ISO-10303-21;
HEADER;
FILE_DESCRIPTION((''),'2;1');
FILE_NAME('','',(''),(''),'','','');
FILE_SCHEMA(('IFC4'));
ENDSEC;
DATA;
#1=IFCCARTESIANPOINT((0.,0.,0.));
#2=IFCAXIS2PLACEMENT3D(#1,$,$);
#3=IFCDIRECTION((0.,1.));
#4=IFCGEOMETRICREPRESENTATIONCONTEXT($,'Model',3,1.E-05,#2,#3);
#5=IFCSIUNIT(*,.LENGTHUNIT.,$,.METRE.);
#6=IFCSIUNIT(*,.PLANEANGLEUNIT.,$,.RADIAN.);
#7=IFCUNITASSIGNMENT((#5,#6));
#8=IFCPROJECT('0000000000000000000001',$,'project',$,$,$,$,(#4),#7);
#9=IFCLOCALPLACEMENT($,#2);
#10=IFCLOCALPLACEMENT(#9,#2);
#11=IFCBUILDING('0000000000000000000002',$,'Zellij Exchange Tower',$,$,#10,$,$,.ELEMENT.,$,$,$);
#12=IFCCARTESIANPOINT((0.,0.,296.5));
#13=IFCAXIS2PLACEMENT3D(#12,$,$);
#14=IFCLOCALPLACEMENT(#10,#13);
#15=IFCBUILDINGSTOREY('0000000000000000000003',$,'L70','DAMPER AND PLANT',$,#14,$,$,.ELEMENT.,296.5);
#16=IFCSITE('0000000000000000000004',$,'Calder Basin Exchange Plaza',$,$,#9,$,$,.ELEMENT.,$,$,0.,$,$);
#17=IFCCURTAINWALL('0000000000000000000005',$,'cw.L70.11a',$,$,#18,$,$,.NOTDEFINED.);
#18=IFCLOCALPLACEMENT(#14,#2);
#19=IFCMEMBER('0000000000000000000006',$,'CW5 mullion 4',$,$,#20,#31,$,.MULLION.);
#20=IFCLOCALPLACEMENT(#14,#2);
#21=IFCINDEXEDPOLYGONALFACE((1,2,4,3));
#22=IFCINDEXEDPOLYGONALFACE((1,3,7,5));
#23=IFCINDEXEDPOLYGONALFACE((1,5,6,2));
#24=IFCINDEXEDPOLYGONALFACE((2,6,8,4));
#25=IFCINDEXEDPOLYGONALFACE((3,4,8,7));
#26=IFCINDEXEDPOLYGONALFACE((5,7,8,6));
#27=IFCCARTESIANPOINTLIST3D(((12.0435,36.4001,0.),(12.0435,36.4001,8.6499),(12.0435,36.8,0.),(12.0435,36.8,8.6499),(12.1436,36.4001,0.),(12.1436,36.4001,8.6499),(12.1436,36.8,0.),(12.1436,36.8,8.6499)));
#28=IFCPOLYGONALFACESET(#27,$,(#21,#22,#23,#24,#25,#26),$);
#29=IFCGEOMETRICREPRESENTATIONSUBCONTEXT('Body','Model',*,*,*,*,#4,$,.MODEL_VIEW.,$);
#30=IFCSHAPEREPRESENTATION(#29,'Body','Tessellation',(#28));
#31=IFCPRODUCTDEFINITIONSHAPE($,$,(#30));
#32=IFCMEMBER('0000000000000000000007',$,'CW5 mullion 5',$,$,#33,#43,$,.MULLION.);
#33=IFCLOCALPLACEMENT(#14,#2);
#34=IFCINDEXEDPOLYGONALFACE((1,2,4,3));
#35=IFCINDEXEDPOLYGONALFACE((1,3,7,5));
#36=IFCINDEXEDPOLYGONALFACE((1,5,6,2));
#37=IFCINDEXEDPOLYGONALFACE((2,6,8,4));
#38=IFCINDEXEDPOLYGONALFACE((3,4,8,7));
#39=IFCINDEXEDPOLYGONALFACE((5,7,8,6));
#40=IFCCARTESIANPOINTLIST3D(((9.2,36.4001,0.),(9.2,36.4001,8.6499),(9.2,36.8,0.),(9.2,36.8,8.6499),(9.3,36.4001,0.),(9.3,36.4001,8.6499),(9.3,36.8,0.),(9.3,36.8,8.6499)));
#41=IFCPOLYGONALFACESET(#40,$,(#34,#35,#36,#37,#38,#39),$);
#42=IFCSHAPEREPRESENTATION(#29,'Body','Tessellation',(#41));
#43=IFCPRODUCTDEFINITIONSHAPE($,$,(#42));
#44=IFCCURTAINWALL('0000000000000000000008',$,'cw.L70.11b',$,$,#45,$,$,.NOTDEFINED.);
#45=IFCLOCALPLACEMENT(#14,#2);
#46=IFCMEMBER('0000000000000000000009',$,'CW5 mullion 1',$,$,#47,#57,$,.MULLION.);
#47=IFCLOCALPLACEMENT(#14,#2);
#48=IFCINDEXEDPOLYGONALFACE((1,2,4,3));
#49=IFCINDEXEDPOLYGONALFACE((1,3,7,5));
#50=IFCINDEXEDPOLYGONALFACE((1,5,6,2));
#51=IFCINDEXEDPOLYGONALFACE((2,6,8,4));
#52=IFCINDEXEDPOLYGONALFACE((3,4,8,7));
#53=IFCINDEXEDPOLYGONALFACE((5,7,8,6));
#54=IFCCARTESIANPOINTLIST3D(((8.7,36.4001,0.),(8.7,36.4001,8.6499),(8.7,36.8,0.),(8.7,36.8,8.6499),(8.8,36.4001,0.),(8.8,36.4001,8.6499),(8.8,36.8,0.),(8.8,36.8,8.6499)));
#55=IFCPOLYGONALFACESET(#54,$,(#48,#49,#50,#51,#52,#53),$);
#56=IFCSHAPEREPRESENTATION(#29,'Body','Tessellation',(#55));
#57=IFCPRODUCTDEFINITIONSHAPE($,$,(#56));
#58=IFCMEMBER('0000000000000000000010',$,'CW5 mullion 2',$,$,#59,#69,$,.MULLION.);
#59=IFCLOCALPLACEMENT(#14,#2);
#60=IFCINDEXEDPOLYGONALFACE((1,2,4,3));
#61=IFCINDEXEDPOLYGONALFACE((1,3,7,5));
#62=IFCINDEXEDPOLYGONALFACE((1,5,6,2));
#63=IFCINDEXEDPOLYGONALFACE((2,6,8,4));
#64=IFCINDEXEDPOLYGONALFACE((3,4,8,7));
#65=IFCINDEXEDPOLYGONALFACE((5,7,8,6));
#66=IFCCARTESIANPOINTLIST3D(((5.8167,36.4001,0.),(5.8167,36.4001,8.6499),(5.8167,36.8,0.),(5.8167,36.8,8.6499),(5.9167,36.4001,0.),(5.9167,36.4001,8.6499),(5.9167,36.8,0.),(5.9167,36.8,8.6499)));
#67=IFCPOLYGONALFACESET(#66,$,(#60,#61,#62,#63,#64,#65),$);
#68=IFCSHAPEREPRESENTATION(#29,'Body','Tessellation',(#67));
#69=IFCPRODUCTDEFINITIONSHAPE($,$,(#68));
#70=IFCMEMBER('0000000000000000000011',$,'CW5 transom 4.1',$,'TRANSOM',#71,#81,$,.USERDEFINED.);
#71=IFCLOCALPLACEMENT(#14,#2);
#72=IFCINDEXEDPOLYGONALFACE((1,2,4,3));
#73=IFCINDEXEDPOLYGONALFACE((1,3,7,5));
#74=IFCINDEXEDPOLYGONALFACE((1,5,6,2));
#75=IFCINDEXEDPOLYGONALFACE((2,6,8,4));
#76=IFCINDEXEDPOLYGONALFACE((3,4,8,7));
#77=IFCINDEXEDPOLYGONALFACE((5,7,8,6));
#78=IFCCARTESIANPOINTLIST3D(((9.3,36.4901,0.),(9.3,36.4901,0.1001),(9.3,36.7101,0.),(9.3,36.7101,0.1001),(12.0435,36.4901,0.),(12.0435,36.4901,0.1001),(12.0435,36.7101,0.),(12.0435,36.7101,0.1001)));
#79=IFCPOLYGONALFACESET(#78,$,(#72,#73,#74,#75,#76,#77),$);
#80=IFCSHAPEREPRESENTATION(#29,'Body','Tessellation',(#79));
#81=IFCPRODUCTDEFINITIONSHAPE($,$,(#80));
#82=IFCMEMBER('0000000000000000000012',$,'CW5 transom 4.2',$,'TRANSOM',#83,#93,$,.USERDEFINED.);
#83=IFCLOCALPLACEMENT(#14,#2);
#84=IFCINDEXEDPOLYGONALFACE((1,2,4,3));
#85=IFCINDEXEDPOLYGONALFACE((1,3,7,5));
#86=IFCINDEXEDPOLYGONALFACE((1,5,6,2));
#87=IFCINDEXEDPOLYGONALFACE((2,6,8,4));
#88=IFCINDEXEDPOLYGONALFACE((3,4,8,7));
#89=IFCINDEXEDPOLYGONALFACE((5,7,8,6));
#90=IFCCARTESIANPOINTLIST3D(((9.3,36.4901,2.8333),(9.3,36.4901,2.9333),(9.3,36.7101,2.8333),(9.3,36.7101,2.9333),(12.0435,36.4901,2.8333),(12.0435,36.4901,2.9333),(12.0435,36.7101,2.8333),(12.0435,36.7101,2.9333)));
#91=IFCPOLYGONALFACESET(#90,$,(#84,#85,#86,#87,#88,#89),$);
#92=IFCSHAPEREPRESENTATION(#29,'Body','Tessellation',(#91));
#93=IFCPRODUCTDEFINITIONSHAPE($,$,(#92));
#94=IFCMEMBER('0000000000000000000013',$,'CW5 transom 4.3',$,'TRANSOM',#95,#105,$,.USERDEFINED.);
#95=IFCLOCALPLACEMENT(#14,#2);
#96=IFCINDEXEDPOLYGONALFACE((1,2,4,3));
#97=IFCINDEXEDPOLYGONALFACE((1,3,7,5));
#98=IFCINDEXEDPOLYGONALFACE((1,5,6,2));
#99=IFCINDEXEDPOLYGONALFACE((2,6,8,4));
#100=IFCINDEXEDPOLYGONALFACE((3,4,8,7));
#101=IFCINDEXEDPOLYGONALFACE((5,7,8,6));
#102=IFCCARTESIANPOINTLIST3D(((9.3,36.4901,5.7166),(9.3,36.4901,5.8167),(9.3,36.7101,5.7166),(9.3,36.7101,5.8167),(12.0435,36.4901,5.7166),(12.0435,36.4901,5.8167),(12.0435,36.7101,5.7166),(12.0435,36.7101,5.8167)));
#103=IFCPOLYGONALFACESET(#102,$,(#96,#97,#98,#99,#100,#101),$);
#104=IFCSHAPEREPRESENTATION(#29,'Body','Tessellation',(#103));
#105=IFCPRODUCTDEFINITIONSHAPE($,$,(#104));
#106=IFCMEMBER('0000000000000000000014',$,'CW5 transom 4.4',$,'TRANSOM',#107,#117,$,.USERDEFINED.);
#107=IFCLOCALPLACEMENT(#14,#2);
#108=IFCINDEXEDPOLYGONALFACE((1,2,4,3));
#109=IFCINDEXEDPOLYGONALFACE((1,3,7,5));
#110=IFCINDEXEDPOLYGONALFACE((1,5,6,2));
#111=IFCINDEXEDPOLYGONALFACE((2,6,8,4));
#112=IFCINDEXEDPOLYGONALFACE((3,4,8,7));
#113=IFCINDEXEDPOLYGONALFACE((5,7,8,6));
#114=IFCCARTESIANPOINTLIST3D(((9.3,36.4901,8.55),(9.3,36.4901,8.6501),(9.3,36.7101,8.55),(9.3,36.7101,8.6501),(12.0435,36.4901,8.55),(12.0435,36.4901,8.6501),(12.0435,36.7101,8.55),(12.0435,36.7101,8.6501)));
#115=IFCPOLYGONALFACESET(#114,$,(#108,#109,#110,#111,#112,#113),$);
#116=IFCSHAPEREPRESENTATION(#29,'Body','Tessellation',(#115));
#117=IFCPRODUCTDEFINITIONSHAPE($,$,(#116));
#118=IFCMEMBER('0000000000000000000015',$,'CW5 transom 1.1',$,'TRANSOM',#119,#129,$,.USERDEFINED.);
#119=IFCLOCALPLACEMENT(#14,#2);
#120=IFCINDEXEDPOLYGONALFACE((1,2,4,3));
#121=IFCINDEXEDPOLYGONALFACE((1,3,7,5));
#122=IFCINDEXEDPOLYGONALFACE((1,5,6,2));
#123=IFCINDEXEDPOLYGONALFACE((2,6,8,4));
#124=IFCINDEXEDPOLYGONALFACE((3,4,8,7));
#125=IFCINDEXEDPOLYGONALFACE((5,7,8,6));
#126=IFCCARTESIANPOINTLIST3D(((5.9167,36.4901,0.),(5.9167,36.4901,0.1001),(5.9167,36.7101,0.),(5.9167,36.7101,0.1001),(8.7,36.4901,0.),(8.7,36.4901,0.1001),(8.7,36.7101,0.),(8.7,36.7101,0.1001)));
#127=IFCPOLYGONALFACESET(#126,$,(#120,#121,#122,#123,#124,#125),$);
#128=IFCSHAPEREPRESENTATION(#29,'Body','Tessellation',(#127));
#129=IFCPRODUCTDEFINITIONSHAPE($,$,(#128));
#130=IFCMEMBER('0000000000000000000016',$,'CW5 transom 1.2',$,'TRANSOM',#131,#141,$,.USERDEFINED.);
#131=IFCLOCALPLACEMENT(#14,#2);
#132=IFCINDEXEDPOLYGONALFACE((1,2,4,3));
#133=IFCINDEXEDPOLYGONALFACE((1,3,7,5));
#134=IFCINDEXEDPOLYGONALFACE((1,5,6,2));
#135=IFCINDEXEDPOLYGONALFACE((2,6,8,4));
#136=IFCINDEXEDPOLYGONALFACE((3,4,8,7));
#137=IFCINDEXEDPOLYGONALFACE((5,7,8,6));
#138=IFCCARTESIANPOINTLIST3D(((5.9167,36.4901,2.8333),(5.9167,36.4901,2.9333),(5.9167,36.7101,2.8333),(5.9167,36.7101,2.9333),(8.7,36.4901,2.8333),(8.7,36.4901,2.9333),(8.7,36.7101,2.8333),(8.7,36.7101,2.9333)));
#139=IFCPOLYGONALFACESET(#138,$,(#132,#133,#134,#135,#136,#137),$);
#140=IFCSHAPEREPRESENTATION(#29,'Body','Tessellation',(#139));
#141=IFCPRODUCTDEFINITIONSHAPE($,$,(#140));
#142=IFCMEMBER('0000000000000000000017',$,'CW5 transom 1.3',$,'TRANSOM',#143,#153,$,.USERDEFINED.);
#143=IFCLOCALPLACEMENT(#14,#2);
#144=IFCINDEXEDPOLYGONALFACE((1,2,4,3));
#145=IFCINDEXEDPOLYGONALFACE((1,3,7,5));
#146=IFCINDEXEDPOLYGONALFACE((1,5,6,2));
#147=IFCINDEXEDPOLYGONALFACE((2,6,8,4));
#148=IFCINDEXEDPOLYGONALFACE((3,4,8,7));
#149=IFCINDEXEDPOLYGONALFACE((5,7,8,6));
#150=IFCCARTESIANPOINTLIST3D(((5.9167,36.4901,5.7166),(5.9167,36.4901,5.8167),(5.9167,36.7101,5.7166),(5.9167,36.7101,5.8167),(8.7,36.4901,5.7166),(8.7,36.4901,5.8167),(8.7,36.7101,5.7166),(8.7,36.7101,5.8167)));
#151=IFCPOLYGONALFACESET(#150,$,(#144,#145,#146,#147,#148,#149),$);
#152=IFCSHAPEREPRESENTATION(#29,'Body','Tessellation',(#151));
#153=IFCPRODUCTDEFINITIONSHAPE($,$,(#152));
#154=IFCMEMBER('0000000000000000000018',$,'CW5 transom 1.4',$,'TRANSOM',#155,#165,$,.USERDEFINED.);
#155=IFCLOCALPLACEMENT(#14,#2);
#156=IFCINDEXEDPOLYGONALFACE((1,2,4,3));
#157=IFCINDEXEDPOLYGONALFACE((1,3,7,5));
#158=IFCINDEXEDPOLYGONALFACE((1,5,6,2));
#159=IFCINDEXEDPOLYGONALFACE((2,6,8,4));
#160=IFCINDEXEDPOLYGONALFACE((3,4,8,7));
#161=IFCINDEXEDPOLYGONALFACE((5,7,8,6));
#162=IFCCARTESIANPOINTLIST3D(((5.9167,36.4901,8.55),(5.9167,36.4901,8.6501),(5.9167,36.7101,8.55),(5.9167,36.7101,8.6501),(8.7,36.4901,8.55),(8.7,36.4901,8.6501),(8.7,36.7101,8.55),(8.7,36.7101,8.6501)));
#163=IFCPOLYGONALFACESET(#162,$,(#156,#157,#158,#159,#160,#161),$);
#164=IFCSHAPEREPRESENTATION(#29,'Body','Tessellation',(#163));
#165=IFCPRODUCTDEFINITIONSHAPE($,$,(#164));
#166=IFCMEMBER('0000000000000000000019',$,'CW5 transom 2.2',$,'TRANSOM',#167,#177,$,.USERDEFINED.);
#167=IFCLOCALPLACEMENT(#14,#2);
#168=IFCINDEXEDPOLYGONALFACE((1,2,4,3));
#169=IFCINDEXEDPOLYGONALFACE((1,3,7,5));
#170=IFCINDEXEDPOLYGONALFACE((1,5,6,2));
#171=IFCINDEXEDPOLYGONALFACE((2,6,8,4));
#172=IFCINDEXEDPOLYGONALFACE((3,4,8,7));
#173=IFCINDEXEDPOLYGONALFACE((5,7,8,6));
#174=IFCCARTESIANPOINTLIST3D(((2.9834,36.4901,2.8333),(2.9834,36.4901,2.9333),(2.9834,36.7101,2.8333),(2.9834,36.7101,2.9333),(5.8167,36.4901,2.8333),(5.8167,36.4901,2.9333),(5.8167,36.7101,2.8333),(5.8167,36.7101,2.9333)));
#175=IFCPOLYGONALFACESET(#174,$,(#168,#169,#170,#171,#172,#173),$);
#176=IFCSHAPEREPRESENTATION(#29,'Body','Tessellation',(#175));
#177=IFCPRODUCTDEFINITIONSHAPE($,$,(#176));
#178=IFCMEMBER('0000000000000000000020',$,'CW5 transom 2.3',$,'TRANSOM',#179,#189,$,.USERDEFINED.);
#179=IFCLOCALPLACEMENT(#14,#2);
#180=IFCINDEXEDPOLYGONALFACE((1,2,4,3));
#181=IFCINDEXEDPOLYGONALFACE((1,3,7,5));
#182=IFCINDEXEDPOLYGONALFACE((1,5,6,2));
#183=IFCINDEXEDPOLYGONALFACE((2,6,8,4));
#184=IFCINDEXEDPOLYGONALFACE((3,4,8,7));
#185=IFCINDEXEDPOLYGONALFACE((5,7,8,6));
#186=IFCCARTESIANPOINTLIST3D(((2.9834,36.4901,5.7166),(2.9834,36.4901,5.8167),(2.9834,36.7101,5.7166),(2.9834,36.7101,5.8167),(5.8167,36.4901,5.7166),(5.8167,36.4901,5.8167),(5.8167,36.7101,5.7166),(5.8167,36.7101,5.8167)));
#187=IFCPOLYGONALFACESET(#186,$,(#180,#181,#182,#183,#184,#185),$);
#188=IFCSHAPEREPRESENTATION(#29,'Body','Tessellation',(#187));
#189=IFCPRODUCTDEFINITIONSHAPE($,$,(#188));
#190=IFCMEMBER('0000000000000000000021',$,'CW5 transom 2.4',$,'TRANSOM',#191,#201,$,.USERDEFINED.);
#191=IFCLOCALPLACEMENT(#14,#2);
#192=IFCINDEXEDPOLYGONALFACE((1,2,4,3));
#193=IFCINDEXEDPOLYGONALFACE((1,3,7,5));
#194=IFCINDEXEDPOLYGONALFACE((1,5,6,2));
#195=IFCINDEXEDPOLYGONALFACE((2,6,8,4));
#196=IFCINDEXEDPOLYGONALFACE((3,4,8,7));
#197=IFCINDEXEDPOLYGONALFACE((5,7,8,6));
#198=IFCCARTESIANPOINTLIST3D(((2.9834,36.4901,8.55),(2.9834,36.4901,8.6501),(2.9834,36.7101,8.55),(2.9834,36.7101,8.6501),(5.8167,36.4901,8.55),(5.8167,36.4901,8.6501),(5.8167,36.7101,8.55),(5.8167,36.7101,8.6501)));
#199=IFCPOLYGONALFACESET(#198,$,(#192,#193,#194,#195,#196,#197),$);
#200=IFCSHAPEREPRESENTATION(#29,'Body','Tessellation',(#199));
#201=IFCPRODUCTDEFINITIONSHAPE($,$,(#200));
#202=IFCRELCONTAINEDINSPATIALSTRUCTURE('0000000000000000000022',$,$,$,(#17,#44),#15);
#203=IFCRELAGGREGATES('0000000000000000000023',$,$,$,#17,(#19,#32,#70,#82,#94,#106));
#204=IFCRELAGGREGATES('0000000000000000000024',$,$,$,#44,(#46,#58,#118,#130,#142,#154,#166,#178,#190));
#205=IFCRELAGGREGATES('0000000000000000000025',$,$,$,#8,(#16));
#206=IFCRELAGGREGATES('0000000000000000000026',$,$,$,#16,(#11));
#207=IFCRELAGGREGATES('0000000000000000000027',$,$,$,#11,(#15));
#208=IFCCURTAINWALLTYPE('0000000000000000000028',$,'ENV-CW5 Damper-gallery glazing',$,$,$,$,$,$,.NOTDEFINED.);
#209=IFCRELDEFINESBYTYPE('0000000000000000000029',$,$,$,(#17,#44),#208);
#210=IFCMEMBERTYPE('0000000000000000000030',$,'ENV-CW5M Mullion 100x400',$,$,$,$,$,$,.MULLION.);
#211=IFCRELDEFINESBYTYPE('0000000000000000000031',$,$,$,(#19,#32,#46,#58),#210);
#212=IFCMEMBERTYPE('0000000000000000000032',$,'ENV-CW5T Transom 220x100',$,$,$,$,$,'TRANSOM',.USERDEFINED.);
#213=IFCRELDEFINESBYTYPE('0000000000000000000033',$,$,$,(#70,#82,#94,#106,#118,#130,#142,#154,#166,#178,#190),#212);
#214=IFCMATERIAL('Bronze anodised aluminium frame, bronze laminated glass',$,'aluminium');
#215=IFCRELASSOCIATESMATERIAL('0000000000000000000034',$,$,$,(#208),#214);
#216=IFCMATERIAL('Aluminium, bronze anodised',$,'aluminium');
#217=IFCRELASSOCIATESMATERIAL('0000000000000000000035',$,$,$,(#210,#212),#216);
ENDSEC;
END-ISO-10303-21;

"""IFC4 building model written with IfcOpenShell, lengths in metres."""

from ifc_helpers import new_model, si_unit, direction, frame, origin, origin_2d, place, context, subcontext, project, spatial, rectangle, extrude, material, material_profile, profile_set, type_object, element, aggregate, save


model = new_model("IFC4")

# Units and contexts
model_context = context("Model", 3, precision=1e-05, world=origin(), true_north=direction((0.0, 1.0)))
body_context = subcontext(model_context, "Body", "Model", "MODEL_VIEW")
ifc_project = project(units=[si_unit("LENGTHUNIT", "METRE"), si_unit("PLANEANGLEUNIT", "RADIAN")], contexts=[model_context])

# Site, building, storey
site_placement = place(None, origin())
site = spatial("IfcSite", under=ifc_project, at=site_placement, Name="Calder Basin Exchange Plaza", CompositionType="ELEMENT", RefElevation=0.0)
building_placement = place(site_placement, origin())
building = spatial("IfcBuilding", under=site, at=building_placement, Name="Zellij Exchange Tower", CompositionType="ELEMENT")
storey_placement = place(building_placement, frame((0.0, 0.0, 296.5)))
storey = spatial("IfcBuildingStorey", under=building, at=storey_placement, Name="L70", Description="DAMPER AND PLANT", CompositionType="ELEMENT", Elevation=296.5)

# Curtain walls, members
ifc_material_1 = material(Name="Bronze anodised aluminium frame, bronze laminated glass", Category="aluminium")
curtain_wall_type = type_object("IfcCurtainWallType", Name="ENV-CW5 Damper-gallery glazing", PredefinedType="NOTDEFINED", material=ifc_material_1)
curtain_wall_1_placement = place(storey_placement, origin())
curtain_wall_1 = element("IfcCurtainWall", 1, at=curtain_wall_1_placement, inside=storey, type_object=curtain_wall_type, Name="cw.L70.11a", PredefinedType="NOTDEFINED")
ifc_material_2 = material(Name="Aluminium, bronze anodised", Category="aluminium")
ifc_material_profile_1 = material_profile(ifc_material_2, rectangle(XDim=0.1001, YDim=0.3999, at=origin_2d()), Name="AL 100x400")
ifc_profile_set_1 = profile_set([ifc_material_profile_1], Name="Aluminium, bronze anodised")
member_type_1 = type_object("IfcMemberType", Name="ENV-CW5M Mullion 100x400", PredefinedType="MULLION", material=ifc_profile_set_1)
member_1_placement = place(storey_placement, frame((12.0935, 36.6001, 0.0), z_axis=(0.0, 0.0, 1.0), x_axis=(-1.0, 0.0, 0.0)))
member_1 = element("IfcMember", 2, at=member_1_placement, type_object=member_type_1, Name="CW5 mullion 4", PredefinedType="MULLION", context=body_context, shape_type="SweptSolid", body=[
    extrude(rectangle(XDim=0.1001, YDim=0.3999, at=origin_2d()), origin(), (0.0, 0.0, 1.0), 8.6499),
])
member_2_placement = place(storey_placement, frame((9.25, 36.6001, 0.0), z_axis=(0.0, 0.0, 1.0), x_axis=(-1.0, 0.0, 0.0)))
member_2 = element("IfcMember", 3, at=member_2_placement, type_object=member_type_1, Name="CW5 mullion 5", PredefinedType="MULLION", context=body_context, shape_type="SweptSolid", body=[
    extrude(rectangle(XDim=0.1001, YDim=0.3999, at=origin_2d()), origin(), (0.0, 0.0, 1.0), 8.6499),
])
curtain_wall_2_placement = place(storey_placement, origin())
curtain_wall_2 = element("IfcCurtainWall", 4, at=curtain_wall_2_placement, inside=storey, type_object=curtain_wall_type, Name="cw.L70.11b", PredefinedType="NOTDEFINED")
member_3_placement = place(storey_placement, frame((8.75, 36.6001, 0.0), z_axis=(0.0, 0.0, 1.0), x_axis=(-1.0, 0.0, 0.0)))
member_3 = element("IfcMember", 5, at=member_3_placement, type_object=member_type_1, Name="CW5 mullion 1", PredefinedType="MULLION", context=body_context, shape_type="SweptSolid", body=[
    extrude(rectangle(XDim=0.1001, YDim=0.3999, at=origin_2d()), origin(), (0.0, 0.0, 1.0), 8.6499),
])
member_4_placement = place(storey_placement, frame((5.8667, 36.6001, 0.0), z_axis=(0.0, 0.0, 1.0), x_axis=(-1.0, 0.0, 0.0)))
member_4 = element("IfcMember", 6, at=member_4_placement, type_object=member_type_1, Name="CW5 mullion 2", PredefinedType="MULLION", context=body_context, shape_type="SweptSolid", body=[
    extrude(rectangle(XDim=0.1001, YDim=0.3999, at=origin_2d()), origin(), (0.0, 0.0, 1.0), 8.6499),
])

# Members
ifc_material_profile_2 = material_profile(ifc_material_2, rectangle(XDim=0.22, YDim=0.1001, at=origin_2d()), Name="AL 220x100")
ifc_profile_set_2 = profile_set([ifc_material_profile_2], Name="Aluminium, bronze anodised")
member_type_2 = type_object("IfcMemberType", Name="ENV-CW5T Transom 220x100", ElementType="TRANSOM", PredefinedType="USERDEFINED", material=ifc_profile_set_2)
member_5_placement = place(storey_placement, frame((12.0435, 36.6001, 0.05), z_axis=(-1.0, 0.0, 0.0), x_axis=(0.0, -1.0, 0.0)))
member_5 = element("IfcMember", 7, at=member_5_placement, type_object=member_type_2, Name="CW5 transom 4.1", ObjectType="TRANSOM", PredefinedType="USERDEFINED", context=body_context, shape_type="SweptSolid", body=[
    extrude(rectangle(XDim=0.22, YDim=0.1001, at=origin_2d()), origin(), (0.0, 0.0, 1.0), 2.7434),
])
member_6_placement = place(storey_placement, frame((12.0435, 36.6001, 2.8833), z_axis=(-1.0, 0.0, 0.0), x_axis=(0.0, -1.0, 0.0)))
member_6 = element("IfcMember", 8, at=member_6_placement, type_object=member_type_2, Name="CW5 transom 4.2", ObjectType="TRANSOM", PredefinedType="USERDEFINED", context=body_context, shape_type="SweptSolid", body=[
    extrude(rectangle(XDim=0.22, YDim=0.1001, at=origin_2d()), origin(), (0.0, 0.0, 1.0), 2.7434),
])
member_7_placement = place(storey_placement, frame((12.0435, 36.6001, 5.7666), z_axis=(-1.0, 0.0, 0.0), x_axis=(0.0, -1.0, 0.0)))
member_7 = element("IfcMember", 9, at=member_7_placement, type_object=member_type_2, Name="CW5 transom 4.3", ObjectType="TRANSOM", PredefinedType="USERDEFINED", context=body_context, shape_type="SweptSolid", body=[
    extrude(rectangle(XDim=0.22, YDim=0.1001, at=origin_2d()), origin(), (0.0, 0.0, 1.0), 2.7434),
])
member_8_placement = place(storey_placement, frame((12.0435, 36.6001, 8.6001), z_axis=(-1.0, 0.0, 0.0), x_axis=(0.0, -1.0, 0.0)))
member_8 = element("IfcMember", 10, at=member_8_placement, type_object=member_type_2, Name="CW5 transom 4.4", ObjectType="TRANSOM", PredefinedType="USERDEFINED", context=body_context, shape_type="SweptSolid", body=[
    extrude(rectangle(XDim=0.22, YDim=0.1001, at=origin_2d()), origin(), (0.0, 0.0, 1.0), 2.7434),
])
member_9_placement = place(storey_placement, frame((8.7, 36.6001, 0.05), z_axis=(-1.0, 0.0, 0.0), x_axis=(0.0, -1.0, 0.0)))
member_9 = element("IfcMember", 11, at=member_9_placement, type_object=member_type_2, Name="CW5 transom 1.1", ObjectType="TRANSOM", PredefinedType="USERDEFINED", context=body_context, shape_type="SweptSolid", body=[
    extrude(rectangle(XDim=0.22, YDim=0.1001, at=origin_2d()), origin(), (0.0, 0.0, 1.0), 2.7832),
])
member_10_placement = place(storey_placement, frame((8.7, 36.6001, 2.8833), z_axis=(-1.0, 0.0, 0.0), x_axis=(0.0, -1.0, 0.0)))
member_10 = element("IfcMember", 12, at=member_10_placement, type_object=member_type_2, Name="CW5 transom 1.2", ObjectType="TRANSOM", PredefinedType="USERDEFINED", context=body_context, shape_type="SweptSolid", body=[
    extrude(rectangle(XDim=0.22, YDim=0.1001, at=origin_2d()), origin(), (0.0, 0.0, 1.0), 2.7832),
])
member_11_placement = place(storey_placement, frame((8.7, 36.6001, 5.7666), z_axis=(-1.0, 0.0, 0.0), x_axis=(0.0, -1.0, 0.0)))
member_11 = element("IfcMember", 13, at=member_11_placement, type_object=member_type_2, Name="CW5 transom 1.3", ObjectType="TRANSOM", PredefinedType="USERDEFINED", context=body_context, shape_type="SweptSolid", body=[
    extrude(rectangle(XDim=0.22, YDim=0.1001, at=origin_2d()), origin(), (0.0, 0.0, 1.0), 2.7832),
])
member_12_placement = place(storey_placement, frame((8.7, 36.6001, 8.6001), z_axis=(-1.0, 0.0, 0.0), x_axis=(0.0, -1.0, 0.0)))
member_12 = element("IfcMember", 14, at=member_12_placement, type_object=member_type_2, Name="CW5 transom 1.4", ObjectType="TRANSOM", PredefinedType="USERDEFINED", context=body_context, shape_type="SweptSolid", body=[
    extrude(rectangle(XDim=0.22, YDim=0.1001, at=origin_2d()), origin(), (0.0, 0.0, 1.0), 2.7832),
])
member_13_placement = place(storey_placement, frame((5.8167, 36.6001, 2.8833), z_axis=(-1.0, 0.0, 0.0), x_axis=(0.0, -1.0, 0.0)))
member_13 = element("IfcMember", 15, at=member_13_placement, type_object=member_type_2, Name="CW5 transom 2.2", ObjectType="TRANSOM", PredefinedType="USERDEFINED", context=body_context, shape_type="SweptSolid", body=[
    extrude(rectangle(XDim=0.22, YDim=0.1001, at=origin_2d()), origin(), (0.0, 0.0, 1.0), 2.8333),
])
member_14_placement = place(storey_placement, frame((5.8167, 36.6001, 5.7666), z_axis=(-1.0, 0.0, 0.0), x_axis=(0.0, -1.0, 0.0)))
member_14 = element("IfcMember", 16, at=member_14_placement, type_object=member_type_2, Name="CW5 transom 2.3", ObjectType="TRANSOM", PredefinedType="USERDEFINED", context=body_context, shape_type="SweptSolid", body=[
    extrude(rectangle(XDim=0.22, YDim=0.1001, at=origin_2d()), origin(), (0.0, 0.0, 1.0), 2.8333),
])
member_15_placement = place(storey_placement, frame((5.8167, 36.6001, 8.6001), z_axis=(-1.0, 0.0, 0.0), x_axis=(0.0, -1.0, 0.0)))
member_15 = element("IfcMember", 17, at=member_15_placement, type_object=member_type_2, Name="CW5 transom 2.4", ObjectType="TRANSOM", PredefinedType="USERDEFINED", context=body_context, shape_type="SweptSolid", body=[
    extrude(rectangle(XDim=0.22, YDim=0.1001, at=origin_2d()), origin(), (0.0, 0.0, 1.0), 2.8333),
])

aggregate(curtain_wall_1, [member_1, member_2, member_5, member_6, member_7, member_8])
aggregate(curtain_wall_2, [member_3, member_4, member_9, member_10, member_11, member_12, member_13, member_14, member_15])

save(model, "model.ifc")
